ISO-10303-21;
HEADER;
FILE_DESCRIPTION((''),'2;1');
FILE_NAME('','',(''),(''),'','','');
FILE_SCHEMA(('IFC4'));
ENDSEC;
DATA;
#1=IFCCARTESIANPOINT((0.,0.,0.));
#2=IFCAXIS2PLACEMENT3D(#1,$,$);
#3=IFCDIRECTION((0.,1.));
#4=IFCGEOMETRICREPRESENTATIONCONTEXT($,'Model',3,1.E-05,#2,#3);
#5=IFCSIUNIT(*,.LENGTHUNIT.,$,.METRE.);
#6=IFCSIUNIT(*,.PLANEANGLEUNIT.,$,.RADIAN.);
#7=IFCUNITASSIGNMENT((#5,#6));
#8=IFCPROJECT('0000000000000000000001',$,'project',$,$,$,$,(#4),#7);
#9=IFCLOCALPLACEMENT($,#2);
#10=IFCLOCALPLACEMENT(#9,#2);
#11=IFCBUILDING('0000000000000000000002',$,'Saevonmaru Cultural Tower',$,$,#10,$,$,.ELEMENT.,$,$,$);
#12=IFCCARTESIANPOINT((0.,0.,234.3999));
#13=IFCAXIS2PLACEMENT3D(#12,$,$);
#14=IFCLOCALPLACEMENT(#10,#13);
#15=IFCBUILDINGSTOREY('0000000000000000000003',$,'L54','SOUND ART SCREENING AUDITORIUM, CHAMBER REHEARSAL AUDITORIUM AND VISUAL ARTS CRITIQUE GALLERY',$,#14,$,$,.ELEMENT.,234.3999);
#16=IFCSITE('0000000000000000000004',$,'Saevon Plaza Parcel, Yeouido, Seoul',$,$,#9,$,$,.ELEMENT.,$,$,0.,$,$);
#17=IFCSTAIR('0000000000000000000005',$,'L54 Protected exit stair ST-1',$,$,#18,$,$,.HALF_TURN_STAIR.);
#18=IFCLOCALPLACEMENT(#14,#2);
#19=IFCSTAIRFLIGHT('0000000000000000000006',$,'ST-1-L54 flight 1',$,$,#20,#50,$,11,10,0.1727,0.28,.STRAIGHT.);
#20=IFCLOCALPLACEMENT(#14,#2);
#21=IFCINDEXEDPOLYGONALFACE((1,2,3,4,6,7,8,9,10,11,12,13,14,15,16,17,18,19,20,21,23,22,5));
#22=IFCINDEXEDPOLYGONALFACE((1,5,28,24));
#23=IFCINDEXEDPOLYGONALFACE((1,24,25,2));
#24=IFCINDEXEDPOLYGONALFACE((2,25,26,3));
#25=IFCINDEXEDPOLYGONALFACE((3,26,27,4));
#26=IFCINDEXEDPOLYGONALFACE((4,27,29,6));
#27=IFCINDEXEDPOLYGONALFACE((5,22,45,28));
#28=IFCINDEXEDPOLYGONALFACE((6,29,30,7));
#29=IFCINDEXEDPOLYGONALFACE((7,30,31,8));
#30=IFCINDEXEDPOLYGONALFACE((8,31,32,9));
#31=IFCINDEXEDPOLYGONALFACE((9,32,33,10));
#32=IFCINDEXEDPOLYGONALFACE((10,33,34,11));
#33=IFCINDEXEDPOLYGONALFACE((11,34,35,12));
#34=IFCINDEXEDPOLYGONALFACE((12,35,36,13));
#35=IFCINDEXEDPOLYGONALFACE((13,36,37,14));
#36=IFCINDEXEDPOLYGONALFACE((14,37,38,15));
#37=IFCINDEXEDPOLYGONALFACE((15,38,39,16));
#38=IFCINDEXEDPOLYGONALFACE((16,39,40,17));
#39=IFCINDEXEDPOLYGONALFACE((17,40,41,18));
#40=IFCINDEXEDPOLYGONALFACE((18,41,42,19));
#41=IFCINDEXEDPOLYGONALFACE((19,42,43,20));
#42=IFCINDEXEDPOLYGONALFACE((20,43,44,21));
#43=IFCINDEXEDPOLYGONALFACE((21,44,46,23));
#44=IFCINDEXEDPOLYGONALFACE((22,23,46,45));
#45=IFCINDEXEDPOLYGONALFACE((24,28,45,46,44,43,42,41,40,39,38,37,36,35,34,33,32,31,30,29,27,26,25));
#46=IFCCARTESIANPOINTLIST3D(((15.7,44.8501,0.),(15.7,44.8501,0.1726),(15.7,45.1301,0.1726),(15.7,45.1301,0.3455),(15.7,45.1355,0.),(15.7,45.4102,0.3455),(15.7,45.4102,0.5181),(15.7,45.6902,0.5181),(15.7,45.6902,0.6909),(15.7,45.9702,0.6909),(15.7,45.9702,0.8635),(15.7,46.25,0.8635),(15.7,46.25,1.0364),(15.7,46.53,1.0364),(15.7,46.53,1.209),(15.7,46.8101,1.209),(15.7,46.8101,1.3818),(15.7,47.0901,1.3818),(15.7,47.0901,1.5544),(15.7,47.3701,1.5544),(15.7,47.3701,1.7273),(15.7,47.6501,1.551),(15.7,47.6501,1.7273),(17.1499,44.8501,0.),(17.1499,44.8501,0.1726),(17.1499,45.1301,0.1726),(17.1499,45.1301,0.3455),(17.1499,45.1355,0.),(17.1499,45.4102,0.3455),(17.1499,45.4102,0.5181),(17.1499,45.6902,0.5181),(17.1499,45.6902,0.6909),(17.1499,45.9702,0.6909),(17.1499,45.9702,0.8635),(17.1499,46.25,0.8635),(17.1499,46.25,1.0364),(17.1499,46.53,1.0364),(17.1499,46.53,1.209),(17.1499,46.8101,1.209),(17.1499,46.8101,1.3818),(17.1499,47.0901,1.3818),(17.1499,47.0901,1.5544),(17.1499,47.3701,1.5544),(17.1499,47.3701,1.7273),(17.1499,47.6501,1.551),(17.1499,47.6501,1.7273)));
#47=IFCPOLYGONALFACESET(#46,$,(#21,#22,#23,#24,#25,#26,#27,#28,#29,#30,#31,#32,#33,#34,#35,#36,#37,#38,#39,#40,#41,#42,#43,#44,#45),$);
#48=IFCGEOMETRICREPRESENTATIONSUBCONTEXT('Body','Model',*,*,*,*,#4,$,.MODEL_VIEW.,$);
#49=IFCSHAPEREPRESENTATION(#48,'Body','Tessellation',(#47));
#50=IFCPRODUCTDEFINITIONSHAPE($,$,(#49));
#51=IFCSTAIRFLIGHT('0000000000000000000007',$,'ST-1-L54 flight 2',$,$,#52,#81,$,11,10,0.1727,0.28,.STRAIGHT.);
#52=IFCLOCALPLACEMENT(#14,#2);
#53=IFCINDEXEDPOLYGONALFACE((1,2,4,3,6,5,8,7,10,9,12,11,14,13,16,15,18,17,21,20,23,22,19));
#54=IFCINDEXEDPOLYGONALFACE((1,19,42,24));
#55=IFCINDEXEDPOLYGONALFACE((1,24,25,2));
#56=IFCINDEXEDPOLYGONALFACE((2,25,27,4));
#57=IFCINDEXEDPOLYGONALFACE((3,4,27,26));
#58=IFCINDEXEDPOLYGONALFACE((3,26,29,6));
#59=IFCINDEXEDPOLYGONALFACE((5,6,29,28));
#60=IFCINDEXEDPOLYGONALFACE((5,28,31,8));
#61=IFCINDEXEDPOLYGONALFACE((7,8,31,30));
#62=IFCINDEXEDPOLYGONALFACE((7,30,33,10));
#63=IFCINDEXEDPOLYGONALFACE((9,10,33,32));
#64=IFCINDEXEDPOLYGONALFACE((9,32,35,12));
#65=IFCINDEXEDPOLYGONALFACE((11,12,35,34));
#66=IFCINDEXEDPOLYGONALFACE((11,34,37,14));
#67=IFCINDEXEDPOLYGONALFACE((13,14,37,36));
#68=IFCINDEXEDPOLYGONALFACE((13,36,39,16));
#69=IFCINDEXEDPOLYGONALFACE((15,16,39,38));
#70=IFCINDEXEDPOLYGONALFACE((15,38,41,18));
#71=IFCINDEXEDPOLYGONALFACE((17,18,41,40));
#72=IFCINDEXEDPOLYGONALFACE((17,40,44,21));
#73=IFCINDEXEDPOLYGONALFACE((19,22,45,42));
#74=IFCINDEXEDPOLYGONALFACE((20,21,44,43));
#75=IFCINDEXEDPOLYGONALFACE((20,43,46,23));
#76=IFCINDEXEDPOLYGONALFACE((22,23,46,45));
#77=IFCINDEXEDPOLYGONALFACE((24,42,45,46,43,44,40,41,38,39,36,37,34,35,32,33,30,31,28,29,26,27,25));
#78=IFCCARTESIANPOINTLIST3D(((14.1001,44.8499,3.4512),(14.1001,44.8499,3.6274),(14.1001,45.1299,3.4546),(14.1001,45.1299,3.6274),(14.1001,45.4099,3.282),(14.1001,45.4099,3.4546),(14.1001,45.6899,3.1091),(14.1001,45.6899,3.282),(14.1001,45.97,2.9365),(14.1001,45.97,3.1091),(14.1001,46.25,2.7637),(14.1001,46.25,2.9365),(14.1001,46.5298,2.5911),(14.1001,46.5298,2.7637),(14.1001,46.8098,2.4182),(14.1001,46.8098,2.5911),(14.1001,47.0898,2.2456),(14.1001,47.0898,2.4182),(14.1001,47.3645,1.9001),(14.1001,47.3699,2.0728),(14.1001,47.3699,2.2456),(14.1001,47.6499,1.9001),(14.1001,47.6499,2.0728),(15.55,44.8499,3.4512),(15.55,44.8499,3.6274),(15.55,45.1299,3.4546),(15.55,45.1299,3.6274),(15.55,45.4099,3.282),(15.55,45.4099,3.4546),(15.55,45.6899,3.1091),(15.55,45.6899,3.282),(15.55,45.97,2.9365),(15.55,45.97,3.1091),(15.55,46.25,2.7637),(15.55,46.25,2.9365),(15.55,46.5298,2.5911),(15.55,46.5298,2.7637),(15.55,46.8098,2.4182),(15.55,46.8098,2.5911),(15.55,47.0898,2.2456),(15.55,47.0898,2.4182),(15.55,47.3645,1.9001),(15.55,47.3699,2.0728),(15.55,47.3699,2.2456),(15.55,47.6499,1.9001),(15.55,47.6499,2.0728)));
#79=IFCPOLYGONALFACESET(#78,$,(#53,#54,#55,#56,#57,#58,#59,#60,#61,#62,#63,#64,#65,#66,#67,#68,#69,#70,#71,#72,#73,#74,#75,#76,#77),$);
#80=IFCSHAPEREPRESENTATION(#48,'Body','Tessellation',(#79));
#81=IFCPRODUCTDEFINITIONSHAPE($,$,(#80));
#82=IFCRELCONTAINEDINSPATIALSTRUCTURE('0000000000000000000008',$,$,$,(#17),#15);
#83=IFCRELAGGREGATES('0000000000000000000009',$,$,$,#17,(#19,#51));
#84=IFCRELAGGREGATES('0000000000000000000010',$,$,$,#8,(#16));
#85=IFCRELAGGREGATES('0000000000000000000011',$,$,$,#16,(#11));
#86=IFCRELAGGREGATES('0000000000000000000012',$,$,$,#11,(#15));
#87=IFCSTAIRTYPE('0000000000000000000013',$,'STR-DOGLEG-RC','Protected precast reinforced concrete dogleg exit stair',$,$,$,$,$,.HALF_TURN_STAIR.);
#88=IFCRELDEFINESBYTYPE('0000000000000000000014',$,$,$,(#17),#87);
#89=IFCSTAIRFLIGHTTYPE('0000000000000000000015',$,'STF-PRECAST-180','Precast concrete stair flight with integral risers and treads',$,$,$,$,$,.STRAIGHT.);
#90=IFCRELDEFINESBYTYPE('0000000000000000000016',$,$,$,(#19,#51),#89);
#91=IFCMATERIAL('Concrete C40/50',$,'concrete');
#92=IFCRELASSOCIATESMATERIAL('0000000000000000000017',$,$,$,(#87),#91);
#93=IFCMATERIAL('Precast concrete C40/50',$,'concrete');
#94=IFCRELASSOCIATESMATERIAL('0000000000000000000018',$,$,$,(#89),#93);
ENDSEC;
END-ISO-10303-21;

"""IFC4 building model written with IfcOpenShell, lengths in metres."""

from ifc_helpers import new_model, si_unit, direction, frame, origin, place, context, subcontext, project, spatial, polyline, outline, extrude, material, type_object, element, aggregate, save


model = new_model("IFC4")

# Units and contexts
model_context = context("Model", 3, precision=1e-05, world=origin(), true_north=direction((0.0, 1.0)))
body_context = subcontext(model_context, "Body", "Model", "MODEL_VIEW")
ifc_project = project(units=[si_unit("LENGTHUNIT", "METRE"), si_unit("PLANEANGLEUNIT", "RADIAN")], contexts=[model_context])

# Site, building, storey
site_placement = place(None, origin())
site = spatial("IfcSite", under=ifc_project, at=site_placement, Name="Saevon Plaza Parcel, Yeouido, Seoul", CompositionType="ELEMENT", RefElevation=0.0)
building_placement = place(site_placement, origin())
building = spatial("IfcBuilding", under=site, at=building_placement, Name="Saevonmaru Cultural Tower", CompositionType="ELEMENT")
storey_placement = place(building_placement, frame((0.0, 0.0, 234.3999)))
storey = spatial("IfcBuildingStorey", under=building, at=storey_placement, Name="L54", Description="SOUND ART SCREENING AUDITORIUM, CHAMBER REHEARSAL AUDITORIUM AND VISUAL ARTS CRITIQUE GALLERY", CompositionType="ELEMENT", Elevation=234.3999)

# Shared definitions
ifc_material_1 = material(Name="Concrete C40/50", Category="concrete")

# Stair, stair flights
stair_type = type_object("IfcStairType", Name="STR-DOGLEG-RC", Description="Protected precast reinforced concrete dogleg exit stair", PredefinedType="HALF_TURN_STAIR", material=ifc_material_1)
stair_placement = place(storey_placement, origin())
stair = element("IfcStair", 1, at=stair_placement, inside=storey, type_object=stair_type, Name="L54 Protected exit stair ST-1", PredefinedType="HALF_TURN_STAIR")
ifc_material_2 = material(Name="Precast concrete C40/50", Category="concrete")
stair_flight_type = type_object("IfcStairFlightType", Name="STF-PRECAST-180", Description="Precast concrete stair flight with integral risers and treads", PredefinedType="STRAIGHT", material=ifc_material_2)
stair_flight_1_placement = place(storey_placement, frame((16.425, 44.8501, 0.0), z_axis=(0.0, 0.0, 1.0), x_axis=(0.0, 1.0, 0.0)))
stair_flight_1 = element("IfcStairFlight", 2, at=stair_flight_1_placement, type_object=stair_flight_type, Name="ST-1-L54 flight 1", NumberOfRisers=11, NumberOfTreads=10, PredefinedType="STRAIGHT", RiserHeight=0.1727, TreadLength=0.28, context=body_context, shape_type="SweptSolid", body=[
    extrude(outline(polyline([(0.0, 0.0), (0.0, 0.1726), (0.28, 0.1726), (0.28, 0.3455), (0.5601, 0.3455), (0.5601, 0.5181), (0.8401, 0.5181), (0.8401, 0.6909), (1.1201, 0.6909), (1.1201, 0.8635), (1.3999, 0.8635), (1.3999, 1.0364), (1.6799, 1.0364), (1.6799, 1.209), (1.96, 1.209), (1.96, 1.3818), (2.24, 1.3818), (2.24, 1.5544), (2.52, 1.5544), (2.52, 1.7273), (2.8, 1.7273), (2.8, 1.8999), (2.8, 1.551), (0.2854, 0.0), (0.0, 0.0)])), frame((0.0, 0.7251, 0.0), z_axis=(0.0, -1.0, 0.0), x_axis=(1.0, 0.0, 0.0)), (0.0, 0.0, 1.0), 1.45),
])
stair_flight_2_placement = place(storey_placement, frame((14.825, 47.6499, 1.9001), z_axis=(0.0, 0.0, 1.0), x_axis=(0.0, -1.0, 0.0)))
stair_flight_2 = element("IfcStairFlight", 3, at=stair_flight_2_placement, type_object=stair_flight_type, Name="ST-1-L54 flight 2", NumberOfRisers=11, NumberOfTreads=10, PredefinedType="STRAIGHT", RiserHeight=0.1727, TreadLength=0.28, context=body_context, shape_type="SweptSolid", body=[
    extrude(outline(polyline([(0.0, 0.0), (0.0, 0.1726), (0.28, 0.1726), (0.28, 0.3455), (0.5601, 0.3455), (0.5601, 0.5181), (0.8401, 0.5181), (0.8401, 0.6909), (1.1201, 0.6909), (1.1201, 0.8635), (1.3999, 0.8635), (1.3999, 1.0364), (1.6799, 1.0364), (1.6799, 1.209), (1.96, 1.209), (1.96, 1.3818), (2.24, 1.3818), (2.24, 1.5544), (2.52, 1.5544), (2.52, 1.7273), (2.8, 1.7273), (2.8, 1.8999), (2.8, 1.551), (0.2854, 0.0), (0.0, 0.0)])), frame((0.0, 0.7251, 0.0), z_axis=(0.0, -1.0, 0.0), x_axis=(1.0, 0.0, 0.0)), (0.0, 0.0, 1.0), 1.45),
])
aggregate(stair, [stair_flight_1, stair_flight_2])

save(model, "model.ifc")
